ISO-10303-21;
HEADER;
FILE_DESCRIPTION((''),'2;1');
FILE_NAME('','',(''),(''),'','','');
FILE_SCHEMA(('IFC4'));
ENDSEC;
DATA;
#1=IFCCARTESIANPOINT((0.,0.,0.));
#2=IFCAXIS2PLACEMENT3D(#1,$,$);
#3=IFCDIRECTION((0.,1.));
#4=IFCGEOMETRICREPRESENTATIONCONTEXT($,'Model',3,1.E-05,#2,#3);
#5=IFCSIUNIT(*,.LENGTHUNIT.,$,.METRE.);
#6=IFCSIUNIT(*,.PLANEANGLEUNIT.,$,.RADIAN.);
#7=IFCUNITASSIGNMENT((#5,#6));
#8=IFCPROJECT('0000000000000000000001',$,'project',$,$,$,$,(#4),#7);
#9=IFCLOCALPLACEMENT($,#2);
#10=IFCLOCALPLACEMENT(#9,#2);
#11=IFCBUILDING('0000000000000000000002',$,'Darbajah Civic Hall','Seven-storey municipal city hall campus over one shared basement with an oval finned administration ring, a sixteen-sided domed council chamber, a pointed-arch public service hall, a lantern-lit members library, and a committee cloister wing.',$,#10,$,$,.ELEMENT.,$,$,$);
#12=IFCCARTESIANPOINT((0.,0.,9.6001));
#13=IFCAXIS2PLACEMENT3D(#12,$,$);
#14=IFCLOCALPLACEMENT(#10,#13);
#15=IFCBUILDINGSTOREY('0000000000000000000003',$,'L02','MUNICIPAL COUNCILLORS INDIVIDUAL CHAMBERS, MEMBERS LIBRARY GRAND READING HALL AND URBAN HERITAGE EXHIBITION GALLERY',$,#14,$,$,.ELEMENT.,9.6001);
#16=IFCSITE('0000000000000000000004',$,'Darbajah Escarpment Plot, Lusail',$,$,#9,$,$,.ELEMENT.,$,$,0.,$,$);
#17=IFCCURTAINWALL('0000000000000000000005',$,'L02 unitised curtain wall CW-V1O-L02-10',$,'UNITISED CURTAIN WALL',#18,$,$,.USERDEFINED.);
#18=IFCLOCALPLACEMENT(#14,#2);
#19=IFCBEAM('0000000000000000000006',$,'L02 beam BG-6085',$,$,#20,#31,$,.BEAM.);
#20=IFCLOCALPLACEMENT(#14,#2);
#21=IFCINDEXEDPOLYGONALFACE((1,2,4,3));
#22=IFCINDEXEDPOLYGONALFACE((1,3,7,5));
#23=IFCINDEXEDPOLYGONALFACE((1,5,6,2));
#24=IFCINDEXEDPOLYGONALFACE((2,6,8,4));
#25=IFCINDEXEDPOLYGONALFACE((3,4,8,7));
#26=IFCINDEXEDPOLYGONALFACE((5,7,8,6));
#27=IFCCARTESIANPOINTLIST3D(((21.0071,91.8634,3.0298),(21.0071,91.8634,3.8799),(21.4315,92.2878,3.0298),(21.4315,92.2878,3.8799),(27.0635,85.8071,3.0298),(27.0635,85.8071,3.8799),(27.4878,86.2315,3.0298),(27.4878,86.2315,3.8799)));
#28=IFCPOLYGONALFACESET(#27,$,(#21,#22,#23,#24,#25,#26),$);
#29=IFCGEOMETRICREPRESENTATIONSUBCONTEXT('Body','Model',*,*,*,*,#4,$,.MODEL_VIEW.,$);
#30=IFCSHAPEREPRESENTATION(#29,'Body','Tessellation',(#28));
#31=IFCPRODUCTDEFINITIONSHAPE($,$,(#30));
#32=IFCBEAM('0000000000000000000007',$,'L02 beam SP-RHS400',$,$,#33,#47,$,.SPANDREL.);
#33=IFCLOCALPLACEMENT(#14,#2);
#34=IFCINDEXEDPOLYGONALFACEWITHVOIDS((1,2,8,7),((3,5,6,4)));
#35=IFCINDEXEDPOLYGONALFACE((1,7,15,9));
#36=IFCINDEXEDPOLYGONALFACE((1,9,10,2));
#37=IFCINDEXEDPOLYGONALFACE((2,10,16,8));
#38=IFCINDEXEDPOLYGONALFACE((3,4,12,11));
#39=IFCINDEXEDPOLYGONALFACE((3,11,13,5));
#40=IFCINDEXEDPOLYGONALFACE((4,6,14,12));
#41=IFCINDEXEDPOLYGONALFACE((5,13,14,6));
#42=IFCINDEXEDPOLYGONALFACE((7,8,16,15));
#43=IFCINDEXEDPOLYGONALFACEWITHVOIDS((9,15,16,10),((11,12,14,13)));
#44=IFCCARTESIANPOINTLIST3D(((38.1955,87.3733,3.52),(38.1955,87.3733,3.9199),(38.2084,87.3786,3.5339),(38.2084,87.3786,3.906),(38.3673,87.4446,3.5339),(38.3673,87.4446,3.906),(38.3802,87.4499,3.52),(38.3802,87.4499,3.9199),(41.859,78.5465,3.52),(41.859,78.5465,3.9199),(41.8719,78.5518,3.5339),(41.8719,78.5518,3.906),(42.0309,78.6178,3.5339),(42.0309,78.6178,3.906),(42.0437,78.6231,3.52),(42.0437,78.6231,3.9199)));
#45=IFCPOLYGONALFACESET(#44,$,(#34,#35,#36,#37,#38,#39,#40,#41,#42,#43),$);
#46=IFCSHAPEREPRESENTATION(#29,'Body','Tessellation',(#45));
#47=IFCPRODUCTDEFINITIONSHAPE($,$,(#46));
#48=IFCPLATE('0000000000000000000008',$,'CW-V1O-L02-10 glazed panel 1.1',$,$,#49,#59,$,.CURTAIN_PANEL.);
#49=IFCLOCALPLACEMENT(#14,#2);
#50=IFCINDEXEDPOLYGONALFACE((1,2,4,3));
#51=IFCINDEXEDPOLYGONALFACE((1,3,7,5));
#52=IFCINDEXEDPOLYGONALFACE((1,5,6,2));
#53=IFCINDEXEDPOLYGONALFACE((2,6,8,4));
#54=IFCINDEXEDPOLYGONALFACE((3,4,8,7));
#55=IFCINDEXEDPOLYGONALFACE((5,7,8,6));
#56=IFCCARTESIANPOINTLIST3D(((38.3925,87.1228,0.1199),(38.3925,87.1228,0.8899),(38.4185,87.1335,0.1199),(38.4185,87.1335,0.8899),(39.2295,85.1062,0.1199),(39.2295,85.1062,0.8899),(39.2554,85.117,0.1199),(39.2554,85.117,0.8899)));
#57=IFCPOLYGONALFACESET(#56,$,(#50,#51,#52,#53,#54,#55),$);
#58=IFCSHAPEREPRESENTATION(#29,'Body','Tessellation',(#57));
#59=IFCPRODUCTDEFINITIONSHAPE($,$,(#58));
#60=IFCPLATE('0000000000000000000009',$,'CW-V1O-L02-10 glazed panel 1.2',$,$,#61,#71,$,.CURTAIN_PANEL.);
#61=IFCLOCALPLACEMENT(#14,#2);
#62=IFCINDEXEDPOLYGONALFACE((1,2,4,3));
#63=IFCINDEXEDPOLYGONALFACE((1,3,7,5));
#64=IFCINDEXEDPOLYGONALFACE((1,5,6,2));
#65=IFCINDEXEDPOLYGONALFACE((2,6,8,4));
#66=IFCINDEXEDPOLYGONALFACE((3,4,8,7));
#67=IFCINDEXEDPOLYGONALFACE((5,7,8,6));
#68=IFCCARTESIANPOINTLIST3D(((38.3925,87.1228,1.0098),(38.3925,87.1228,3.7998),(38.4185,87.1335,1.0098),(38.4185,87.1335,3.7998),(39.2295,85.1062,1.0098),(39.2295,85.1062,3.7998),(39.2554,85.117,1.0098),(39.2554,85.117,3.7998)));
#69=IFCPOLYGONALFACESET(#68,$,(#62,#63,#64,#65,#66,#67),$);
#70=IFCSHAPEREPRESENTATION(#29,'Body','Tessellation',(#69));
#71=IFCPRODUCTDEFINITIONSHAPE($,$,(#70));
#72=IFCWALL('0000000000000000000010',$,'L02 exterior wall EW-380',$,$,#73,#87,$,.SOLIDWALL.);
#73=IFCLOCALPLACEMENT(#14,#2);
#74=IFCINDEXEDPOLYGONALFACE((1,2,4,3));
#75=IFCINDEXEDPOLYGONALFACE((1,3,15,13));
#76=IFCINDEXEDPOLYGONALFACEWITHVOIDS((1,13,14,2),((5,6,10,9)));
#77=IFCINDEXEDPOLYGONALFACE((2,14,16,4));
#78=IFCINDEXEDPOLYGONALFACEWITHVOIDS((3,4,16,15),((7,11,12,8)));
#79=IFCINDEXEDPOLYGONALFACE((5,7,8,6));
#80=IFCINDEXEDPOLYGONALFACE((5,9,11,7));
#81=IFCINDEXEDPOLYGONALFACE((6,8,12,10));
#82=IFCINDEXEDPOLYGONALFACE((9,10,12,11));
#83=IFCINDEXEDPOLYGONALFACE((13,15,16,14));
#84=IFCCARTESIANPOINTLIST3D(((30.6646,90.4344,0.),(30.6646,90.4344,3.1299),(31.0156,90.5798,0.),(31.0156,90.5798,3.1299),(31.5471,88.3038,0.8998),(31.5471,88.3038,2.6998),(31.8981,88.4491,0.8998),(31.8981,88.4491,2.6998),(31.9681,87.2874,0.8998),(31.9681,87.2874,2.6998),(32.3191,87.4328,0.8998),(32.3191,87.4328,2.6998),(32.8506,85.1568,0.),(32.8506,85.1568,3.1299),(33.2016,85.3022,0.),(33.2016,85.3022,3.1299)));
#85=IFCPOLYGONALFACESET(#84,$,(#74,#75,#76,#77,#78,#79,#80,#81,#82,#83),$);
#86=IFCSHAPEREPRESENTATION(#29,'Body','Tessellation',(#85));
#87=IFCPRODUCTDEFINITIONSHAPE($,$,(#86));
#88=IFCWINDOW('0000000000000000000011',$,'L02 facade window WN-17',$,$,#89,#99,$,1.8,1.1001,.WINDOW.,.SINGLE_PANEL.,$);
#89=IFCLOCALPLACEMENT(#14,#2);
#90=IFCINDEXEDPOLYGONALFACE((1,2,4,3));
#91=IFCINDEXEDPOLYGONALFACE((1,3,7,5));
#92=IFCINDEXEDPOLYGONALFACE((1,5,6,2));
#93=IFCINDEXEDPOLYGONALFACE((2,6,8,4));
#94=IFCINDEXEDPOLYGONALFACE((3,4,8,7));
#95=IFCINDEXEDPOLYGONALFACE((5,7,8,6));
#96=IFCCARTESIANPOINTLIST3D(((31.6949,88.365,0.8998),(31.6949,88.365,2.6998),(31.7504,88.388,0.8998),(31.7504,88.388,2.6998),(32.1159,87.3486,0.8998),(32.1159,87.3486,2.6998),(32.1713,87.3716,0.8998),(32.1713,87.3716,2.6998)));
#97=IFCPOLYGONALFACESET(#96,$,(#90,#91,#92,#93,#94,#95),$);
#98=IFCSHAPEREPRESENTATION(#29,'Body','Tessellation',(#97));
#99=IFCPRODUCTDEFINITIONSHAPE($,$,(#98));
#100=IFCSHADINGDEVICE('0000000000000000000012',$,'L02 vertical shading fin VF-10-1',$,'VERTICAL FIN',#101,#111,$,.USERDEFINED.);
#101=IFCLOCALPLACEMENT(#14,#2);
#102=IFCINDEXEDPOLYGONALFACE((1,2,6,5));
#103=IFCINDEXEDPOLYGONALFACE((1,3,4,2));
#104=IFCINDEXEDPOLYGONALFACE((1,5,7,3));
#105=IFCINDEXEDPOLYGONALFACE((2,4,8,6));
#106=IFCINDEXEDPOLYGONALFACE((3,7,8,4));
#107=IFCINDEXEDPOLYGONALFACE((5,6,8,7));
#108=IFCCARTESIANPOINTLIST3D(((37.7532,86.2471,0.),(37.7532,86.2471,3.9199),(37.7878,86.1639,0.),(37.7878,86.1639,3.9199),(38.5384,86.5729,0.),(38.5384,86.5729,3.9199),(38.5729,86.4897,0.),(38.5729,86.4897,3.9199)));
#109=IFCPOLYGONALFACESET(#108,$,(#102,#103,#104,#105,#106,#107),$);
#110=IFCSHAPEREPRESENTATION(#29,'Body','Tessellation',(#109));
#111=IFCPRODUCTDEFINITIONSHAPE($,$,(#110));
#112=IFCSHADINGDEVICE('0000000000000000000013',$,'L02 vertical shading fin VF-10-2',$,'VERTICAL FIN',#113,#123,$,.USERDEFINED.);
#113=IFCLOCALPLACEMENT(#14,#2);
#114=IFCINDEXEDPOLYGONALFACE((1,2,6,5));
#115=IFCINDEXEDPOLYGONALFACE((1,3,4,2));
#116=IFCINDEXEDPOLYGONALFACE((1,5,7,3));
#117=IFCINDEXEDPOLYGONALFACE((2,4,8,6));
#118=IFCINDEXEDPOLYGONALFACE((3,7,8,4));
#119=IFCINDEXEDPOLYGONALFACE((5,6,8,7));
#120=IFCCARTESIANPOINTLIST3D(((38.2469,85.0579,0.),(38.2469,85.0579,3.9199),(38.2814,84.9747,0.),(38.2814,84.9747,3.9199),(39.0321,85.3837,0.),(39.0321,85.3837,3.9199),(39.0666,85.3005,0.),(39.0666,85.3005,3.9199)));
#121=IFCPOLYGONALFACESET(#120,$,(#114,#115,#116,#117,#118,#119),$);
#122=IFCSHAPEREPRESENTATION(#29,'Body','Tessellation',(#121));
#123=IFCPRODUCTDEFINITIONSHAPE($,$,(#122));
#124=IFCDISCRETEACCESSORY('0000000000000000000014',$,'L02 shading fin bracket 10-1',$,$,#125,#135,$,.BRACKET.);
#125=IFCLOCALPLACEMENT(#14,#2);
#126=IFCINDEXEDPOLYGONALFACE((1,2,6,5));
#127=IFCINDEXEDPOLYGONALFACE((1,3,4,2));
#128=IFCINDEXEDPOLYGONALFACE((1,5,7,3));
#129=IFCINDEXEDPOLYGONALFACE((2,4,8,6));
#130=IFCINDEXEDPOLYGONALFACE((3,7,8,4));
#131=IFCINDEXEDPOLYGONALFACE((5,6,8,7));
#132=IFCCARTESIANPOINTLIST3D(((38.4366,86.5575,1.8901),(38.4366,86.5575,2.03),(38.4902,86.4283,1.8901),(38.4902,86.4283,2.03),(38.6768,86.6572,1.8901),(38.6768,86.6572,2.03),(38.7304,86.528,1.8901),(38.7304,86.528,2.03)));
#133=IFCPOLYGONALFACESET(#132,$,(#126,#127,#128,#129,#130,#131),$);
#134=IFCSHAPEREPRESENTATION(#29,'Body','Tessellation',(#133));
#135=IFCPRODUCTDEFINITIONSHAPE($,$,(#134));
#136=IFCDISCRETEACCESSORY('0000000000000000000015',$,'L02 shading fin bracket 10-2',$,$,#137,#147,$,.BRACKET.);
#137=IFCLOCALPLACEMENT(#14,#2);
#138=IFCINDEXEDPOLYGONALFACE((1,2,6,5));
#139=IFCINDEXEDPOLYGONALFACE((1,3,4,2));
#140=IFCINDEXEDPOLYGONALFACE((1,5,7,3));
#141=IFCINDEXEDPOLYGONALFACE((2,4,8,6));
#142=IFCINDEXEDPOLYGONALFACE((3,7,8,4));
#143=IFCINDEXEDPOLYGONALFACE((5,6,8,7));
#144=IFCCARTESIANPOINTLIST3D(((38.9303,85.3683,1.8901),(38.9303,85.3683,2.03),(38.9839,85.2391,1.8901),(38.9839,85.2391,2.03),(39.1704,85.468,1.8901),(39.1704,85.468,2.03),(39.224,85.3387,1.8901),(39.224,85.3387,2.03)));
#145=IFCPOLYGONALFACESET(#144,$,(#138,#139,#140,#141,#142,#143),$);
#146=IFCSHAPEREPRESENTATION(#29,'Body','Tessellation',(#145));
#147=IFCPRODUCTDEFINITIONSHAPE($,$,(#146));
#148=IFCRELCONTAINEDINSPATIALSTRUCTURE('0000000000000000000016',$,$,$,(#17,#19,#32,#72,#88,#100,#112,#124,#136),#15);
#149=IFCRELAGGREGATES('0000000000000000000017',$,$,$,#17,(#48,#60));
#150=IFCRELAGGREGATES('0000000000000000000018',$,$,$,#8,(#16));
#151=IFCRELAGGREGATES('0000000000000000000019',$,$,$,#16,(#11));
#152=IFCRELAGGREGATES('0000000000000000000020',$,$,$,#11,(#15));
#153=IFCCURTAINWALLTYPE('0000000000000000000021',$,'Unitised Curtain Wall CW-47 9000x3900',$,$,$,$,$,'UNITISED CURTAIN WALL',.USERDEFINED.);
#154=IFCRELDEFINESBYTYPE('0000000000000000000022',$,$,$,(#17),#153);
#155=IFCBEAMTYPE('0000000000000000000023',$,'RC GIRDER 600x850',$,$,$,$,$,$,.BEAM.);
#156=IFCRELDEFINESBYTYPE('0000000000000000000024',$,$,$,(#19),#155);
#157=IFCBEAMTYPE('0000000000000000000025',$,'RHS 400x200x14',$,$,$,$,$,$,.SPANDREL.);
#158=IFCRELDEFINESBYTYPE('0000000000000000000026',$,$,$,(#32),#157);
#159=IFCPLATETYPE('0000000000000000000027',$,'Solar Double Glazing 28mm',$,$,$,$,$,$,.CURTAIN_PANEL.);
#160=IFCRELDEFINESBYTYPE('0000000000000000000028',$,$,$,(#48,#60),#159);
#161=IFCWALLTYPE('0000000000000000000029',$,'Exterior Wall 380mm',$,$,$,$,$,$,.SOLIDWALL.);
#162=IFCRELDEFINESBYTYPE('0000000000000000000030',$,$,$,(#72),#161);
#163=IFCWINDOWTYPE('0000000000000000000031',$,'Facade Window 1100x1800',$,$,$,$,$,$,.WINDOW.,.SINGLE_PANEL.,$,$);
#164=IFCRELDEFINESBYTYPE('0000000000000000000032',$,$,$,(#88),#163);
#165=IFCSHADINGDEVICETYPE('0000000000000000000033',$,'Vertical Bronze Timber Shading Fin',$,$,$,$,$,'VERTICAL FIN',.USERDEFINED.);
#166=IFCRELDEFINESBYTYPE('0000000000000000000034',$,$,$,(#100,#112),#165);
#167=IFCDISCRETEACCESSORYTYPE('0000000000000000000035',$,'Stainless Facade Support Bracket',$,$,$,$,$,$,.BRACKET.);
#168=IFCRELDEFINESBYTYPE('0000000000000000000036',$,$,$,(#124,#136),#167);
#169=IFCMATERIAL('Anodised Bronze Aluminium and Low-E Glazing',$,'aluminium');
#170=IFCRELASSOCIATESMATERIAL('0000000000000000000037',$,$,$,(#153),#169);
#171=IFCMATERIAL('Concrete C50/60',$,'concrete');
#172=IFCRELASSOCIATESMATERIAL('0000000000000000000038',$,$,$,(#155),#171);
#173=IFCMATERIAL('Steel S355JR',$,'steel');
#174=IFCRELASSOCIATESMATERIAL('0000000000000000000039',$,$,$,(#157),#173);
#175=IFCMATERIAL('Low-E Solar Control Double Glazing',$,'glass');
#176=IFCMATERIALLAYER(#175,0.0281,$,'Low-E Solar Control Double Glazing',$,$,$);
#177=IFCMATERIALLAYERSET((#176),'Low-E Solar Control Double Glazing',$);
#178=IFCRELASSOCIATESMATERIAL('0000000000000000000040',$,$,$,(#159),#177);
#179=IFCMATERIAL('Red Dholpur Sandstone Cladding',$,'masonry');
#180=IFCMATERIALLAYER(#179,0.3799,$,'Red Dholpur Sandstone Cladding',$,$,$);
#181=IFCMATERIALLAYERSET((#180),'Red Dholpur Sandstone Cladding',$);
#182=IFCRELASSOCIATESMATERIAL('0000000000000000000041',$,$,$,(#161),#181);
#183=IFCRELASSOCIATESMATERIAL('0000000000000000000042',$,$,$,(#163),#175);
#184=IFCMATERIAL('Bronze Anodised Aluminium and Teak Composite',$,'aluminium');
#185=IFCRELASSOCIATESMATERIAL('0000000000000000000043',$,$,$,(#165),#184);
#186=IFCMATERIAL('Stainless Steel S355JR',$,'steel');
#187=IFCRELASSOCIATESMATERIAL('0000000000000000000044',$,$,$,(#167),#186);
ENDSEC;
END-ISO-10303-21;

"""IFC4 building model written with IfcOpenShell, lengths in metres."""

from ifc_helpers import new_model, si_unit, direction, frame, frame_2d, origin, origin_2d, place, context, subcontext, project, spatial, rectangle, hollow_rectangle, extrude, material, layer, layer_set, material_profile, profile_set, type_object, element, fill, aggregate, save


model = new_model("IFC4")

# Units and contexts
model_context = context("Model", 3, precision=1e-05, world=origin(), true_north=direction((0.0, 1.0)))
body_context = subcontext(model_context, "Body", "Model", "MODEL_VIEW")
ifc_project = project(units=[si_unit("LENGTHUNIT", "METRE"), si_unit("PLANEANGLEUNIT", "RADIAN")], contexts=[model_context])

# Site, building, storey
site_placement = place(None, origin())
site = spatial("IfcSite", under=ifc_project, at=site_placement, Name="Darbajah Escarpment Plot, Lusail", CompositionType="ELEMENT", RefElevation=0.0)
building_placement = place(site_placement, origin())
building = spatial("IfcBuilding", under=site, at=building_placement, Name="Darbajah Civic Hall", Description="Seven-storey municipal city hall campus over one shared basement with an oval finned administration ring, a sixteen-sided domed council chamber, a pointed-arch public service hall, a lantern-lit members library, and a committee cloister wing.", CompositionType="ELEMENT")
storey_placement = place(building_placement, frame((0.0, 0.0, 9.6001)))
storey = spatial("IfcBuildingStorey", under=building, at=storey_placement, Name="L02", Description="MUNICIPAL COUNCILLORS INDIVIDUAL CHAMBERS, MEMBERS LIBRARY GRAND READING HALL AND URBAN HERITAGE EXHIBITION GALLERY", CompositionType="ELEMENT", Elevation=9.6001)

# Curtain wall
ifc_material_1 = material(Name="Anodised Bronze Aluminium and Low-E Glazing", Category="aluminium")
curtain_wall_type_1 = type_object("IfcCurtainWallType", Name="Unitised Curtain Wall CW-47 9000x3900", ElementType="UNITISED CURTAIN WALL", PredefinedType="USERDEFINED", material=ifc_material_1)
curtain_wall_1_placement = place(storey_placement, origin())
curtain_wall_1 = element("IfcCurtainWall", 1, at=curtain_wall_1_placement, inside=storey, type_object=curtain_wall_type_1, Name="L02 unitised curtain wall CW-V1O-L02-10", ObjectType="UNITISED CURTAIN WALL", PredefinedType="USERDEFINED")

# Beams
ifc_material_2 = material(Name="Concrete C50/60", Category="concrete")
ifc_material_profile_1 = material_profile(ifc_material_2, rectangle(XDim=0.6001, YDim=0.8501, at=origin_2d()), Name="RC GIRDER 600x850")
ifc_profile_set_1 = profile_set([ifc_material_profile_1], Name="Concrete C50/60")
beam_type_1 = type_object("IfcBeamType", Name="RC GIRDER 600x850", PredefinedType="BEAM", material=ifc_profile_set_1)
beam_1_placement = place(storey_placement, frame((27.2756, 86.0193, 3.4548), z_axis=(-0.707107, 0.707107, 0.0), x_axis=(-0.707107, -0.707107, 0.0)))
element("IfcBeam", 2, at=beam_1_placement, inside=storey, type_object=beam_type_1, Name="L02 beam BG-6085", PredefinedType="BEAM", context=body_context, shape_type="SweptSolid", body=[
    extrude(rectangle(XDim=0.6001, YDim=0.8501, at=origin_2d()), origin(), (0.0, 0.0, 1.0), 8.5649),
])
ifc_material_3 = material(Name="Steel S355JR", Category="steel")
ifc_material_profile_2 = material_profile(ifc_material_3, hollow_rectangle(XDim=0.2, YDim=0.3999, WallThickness=0.0139, at=origin_2d()), Name="RHS 400x200x14")
ifc_profile_set_2 = profile_set([ifc_material_profile_2], Name="Steel S355JR")
beam_type_2 = type_object("IfcBeamType", Name="RHS 400x200x14", PredefinedType="SPANDREL", material=ifc_profile_set_2)
beam_2_placement = place(storey_placement, frame((38.2878, 87.4116, 3.72), z_axis=(0.38334, -0.923607, 0.0), x_axis=(0.923607, 0.38334, 0.0)))
element("IfcBeam", 3, at=beam_2_placement, inside=storey, type_object=beam_type_2, Name="L02 beam SP-RHS400", PredefinedType="SPANDREL", context=body_context, shape_type="SweptSolid", body=[
    extrude(hollow_rectangle(XDim=0.2, YDim=0.3999, WallThickness=0.0139, at=origin_2d()), origin(), (0.0, 0.0, 1.0), 9.5569),
])

# Plates
ifc_material_4 = material(Name="Low-E Solar Control Double Glazing", Category="glass")
ifc_layer_1 = layer(ifc_material_4, 0.0281, Name="Low-E Solar Control Double Glazing")
ifc_layer_set_1 = layer_set([ifc_layer_1], Name="Low-E Solar Control Double Glazing")
plate_type = type_object("IfcPlateType", Name="Solar Double Glazing 28mm", PredefinedType="CURTAIN_PANEL", material=ifc_layer_set_1)
plate_1_placement = place(storey_placement, frame((38.824, 86.1199, 0.1199), z_axis=(0.0, 0.0, 1.0), x_axis=(0.383328, -0.923612, 0.0)))
plate_1 = element("IfcPlate", 4, at=plate_1_placement, type_object=plate_type, Name="CW-V1O-L02-10 glazed panel 1.1", PredefinedType="CURTAIN_PANEL", context=body_context, shape_type="SweptSolid", body=[
    extrude(rectangle(XDim=2.1833, YDim=0.0281, at=origin_2d()), origin(), (0.0, 0.0, 1.0), 0.77),
])
plate_2_placement = place(storey_placement, frame((38.824, 86.1199, 1.0098), z_axis=(0.0, 0.0, 1.0), x_axis=(0.383328, -0.923612, 0.0)))
plate_2 = element("IfcPlate", 5, at=plate_2_placement, type_object=plate_type, Name="CW-V1O-L02-10 glazed panel 1.2", PredefinedType="CURTAIN_PANEL", context=body_context, shape_type="SweptSolid", body=[
    extrude(rectangle(XDim=2.1833, YDim=0.0281, at=origin_2d()), origin(), (0.0, 0.0, 1.0), 2.79),
])
aggregate(curtain_wall_1, [plate_1, plate_2])

# Wall, opening, window
ifc_material_5 = material(Name="Red Dholpur Sandstone Cladding", Category="masonry")
ifc_layer_2 = layer(ifc_material_5, 0.3799, Name="Red Dholpur Sandstone Cladding")
ifc_layer_set_2 = layer_set([ifc_layer_2], Name="Red Dholpur Sandstone Cladding")
wall_type = type_object("IfcWallType", Name="Exterior Wall 380mm", PredefinedType="SOLIDWALL", material=ifc_layer_set_2)
wall_placement = place(storey_placement, frame((33.0261, 85.2295, 0.0), z_axis=(0.0, 0.0, 1.0), x_axis=(-0.382681, 0.92388, 0.0)))
wall = element("IfcWall", 6, at=wall_placement, inside=storey, type_object=wall_type, Name="L02 exterior wall EW-380", PredefinedType="SOLIDWALL", context=body_context, shape_type="SweptSolid", body=[
    extrude(rectangle(XDim=5.7124, YDim=0.3799, at=frame_2d((2.8562, 0.0))), origin(), (0.0, 0.0, 1.0), 3.1299),
])
opening_placement = place(wall_placement, frame((2.3062, 0.0, 0.8999)))
opening = element("IfcOpeningElement", 7, at=opening_placement, cuts=wall, PredefinedType="OPENING", context=body_context, shape_type="SweptSolid", body=[
    extrude(rectangle(XDim=1.1001, YDim=1.8, at=frame_2d((0.55, 0.8999))), frame((0.0, 0.2, 0.0), z_axis=(0.0, -1.0, 0.0), x_axis=(1.0, 0.0, 0.0)), (0.0, 0.0, 1.0), 0.3999),
])
window_type = type_object("IfcWindowType", Name="Facade Window 1100x1800", PartitioningType="SINGLE_PANEL", PredefinedType="WINDOW", material=ifc_material_4)
window_placement = place(opening_placement, origin())
window = element("IfcWindow", 8, at=window_placement, inside=storey, type_object=window_type, Name="L02 facade window WN-17", OverallHeight=1.8, OverallWidth=1.1001, PartitioningType="SINGLE_PANEL", PredefinedType="WINDOW", context=body_context, shape_type="SweptSolid", body=[
    extrude(rectangle(XDim=1.1001, YDim=1.8, at=frame_2d((0.55, 0.8999))), frame((0.0, 0.03, 0.0), z_axis=(0.0, -1.0, 0.0), x_axis=(1.0, 0.0, 0.0)), (0.0, 0.0, 1.0), 0.0601),
])
fill(opening, window)

# Shading devices
ifc_material_6 = material(Name="Bronze Anodised Aluminium and Teak Composite", Category="aluminium")
shading_device_type = type_object("IfcShadingDeviceType", Name="Vertical Bronze Timber Shading Fin", ElementType="VERTICAL FIN", PredefinedType="USERDEFINED", material=ifc_material_6)
for number, where, z_axis, x_axis, name in (
    (9, (38.1631, 86.3684, 0.0), (0.0, 0.0, 1.0), (-0.923612, -0.383328, 0.0), "L02 vertical shading fin VF-10-1"),
    (10, (38.6567, 85.1792, 0.0), (0.0, 0.0, 1.0), (-0.923612, -0.383328, 0.0), "L02 vertical shading fin VF-10-2"),
):
    element("IfcShadingDevice", number, at=place(storey_placement, frame(where, z_axis=z_axis, x_axis=x_axis)), inside=storey, type_object=shading_device_type, Name=name, ObjectType="VERTICAL FIN", PredefinedType="USERDEFINED", context=body_context, shape_type="SweptSolid", body=[
        extrude(rectangle(XDim=0.8501, YDim=0.0901, at=origin_2d()), origin(), (0.0, 0.0, 1.0), 3.9199),
    ])

# Discrete accessories
ifc_material_7 = material(Name="Stainless Steel S355JR", Category="steel")
discrete_accessory_type = type_object("IfcDiscreteAccessoryType", Name="Stainless Facade Support Bracket", PredefinedType="BRACKET", material=ifc_material_7)
for number, where, z_axis, x_axis, name in (
    (11, (38.5835, 86.5427, 1.8901), (0.0, 0.0, 1.0), (-0.923612, -0.383328, 0.0), "L02 shading fin bracket 10-1"),
    (12, (39.0771, 85.3535, 1.8901), (0.0, 0.0, 1.0), (-0.923612, -0.383328, 0.0), "L02 shading fin bracket 10-2"),
):
    element("IfcDiscreteAccessory", number, at=place(storey_placement, frame(where, z_axis=z_axis, x_axis=x_axis)), inside=storey, type_object=discrete_accessory_type, Name=name, PredefinedType="BRACKET", context=body_context, shape_type="SweptSolid", body=[
        extrude(rectangle(XDim=0.26, YDim=0.1399, at=origin_2d()), origin(), (0.0, 0.0, 1.0), 0.1399),
    ])

save(model, "model.ifc")
